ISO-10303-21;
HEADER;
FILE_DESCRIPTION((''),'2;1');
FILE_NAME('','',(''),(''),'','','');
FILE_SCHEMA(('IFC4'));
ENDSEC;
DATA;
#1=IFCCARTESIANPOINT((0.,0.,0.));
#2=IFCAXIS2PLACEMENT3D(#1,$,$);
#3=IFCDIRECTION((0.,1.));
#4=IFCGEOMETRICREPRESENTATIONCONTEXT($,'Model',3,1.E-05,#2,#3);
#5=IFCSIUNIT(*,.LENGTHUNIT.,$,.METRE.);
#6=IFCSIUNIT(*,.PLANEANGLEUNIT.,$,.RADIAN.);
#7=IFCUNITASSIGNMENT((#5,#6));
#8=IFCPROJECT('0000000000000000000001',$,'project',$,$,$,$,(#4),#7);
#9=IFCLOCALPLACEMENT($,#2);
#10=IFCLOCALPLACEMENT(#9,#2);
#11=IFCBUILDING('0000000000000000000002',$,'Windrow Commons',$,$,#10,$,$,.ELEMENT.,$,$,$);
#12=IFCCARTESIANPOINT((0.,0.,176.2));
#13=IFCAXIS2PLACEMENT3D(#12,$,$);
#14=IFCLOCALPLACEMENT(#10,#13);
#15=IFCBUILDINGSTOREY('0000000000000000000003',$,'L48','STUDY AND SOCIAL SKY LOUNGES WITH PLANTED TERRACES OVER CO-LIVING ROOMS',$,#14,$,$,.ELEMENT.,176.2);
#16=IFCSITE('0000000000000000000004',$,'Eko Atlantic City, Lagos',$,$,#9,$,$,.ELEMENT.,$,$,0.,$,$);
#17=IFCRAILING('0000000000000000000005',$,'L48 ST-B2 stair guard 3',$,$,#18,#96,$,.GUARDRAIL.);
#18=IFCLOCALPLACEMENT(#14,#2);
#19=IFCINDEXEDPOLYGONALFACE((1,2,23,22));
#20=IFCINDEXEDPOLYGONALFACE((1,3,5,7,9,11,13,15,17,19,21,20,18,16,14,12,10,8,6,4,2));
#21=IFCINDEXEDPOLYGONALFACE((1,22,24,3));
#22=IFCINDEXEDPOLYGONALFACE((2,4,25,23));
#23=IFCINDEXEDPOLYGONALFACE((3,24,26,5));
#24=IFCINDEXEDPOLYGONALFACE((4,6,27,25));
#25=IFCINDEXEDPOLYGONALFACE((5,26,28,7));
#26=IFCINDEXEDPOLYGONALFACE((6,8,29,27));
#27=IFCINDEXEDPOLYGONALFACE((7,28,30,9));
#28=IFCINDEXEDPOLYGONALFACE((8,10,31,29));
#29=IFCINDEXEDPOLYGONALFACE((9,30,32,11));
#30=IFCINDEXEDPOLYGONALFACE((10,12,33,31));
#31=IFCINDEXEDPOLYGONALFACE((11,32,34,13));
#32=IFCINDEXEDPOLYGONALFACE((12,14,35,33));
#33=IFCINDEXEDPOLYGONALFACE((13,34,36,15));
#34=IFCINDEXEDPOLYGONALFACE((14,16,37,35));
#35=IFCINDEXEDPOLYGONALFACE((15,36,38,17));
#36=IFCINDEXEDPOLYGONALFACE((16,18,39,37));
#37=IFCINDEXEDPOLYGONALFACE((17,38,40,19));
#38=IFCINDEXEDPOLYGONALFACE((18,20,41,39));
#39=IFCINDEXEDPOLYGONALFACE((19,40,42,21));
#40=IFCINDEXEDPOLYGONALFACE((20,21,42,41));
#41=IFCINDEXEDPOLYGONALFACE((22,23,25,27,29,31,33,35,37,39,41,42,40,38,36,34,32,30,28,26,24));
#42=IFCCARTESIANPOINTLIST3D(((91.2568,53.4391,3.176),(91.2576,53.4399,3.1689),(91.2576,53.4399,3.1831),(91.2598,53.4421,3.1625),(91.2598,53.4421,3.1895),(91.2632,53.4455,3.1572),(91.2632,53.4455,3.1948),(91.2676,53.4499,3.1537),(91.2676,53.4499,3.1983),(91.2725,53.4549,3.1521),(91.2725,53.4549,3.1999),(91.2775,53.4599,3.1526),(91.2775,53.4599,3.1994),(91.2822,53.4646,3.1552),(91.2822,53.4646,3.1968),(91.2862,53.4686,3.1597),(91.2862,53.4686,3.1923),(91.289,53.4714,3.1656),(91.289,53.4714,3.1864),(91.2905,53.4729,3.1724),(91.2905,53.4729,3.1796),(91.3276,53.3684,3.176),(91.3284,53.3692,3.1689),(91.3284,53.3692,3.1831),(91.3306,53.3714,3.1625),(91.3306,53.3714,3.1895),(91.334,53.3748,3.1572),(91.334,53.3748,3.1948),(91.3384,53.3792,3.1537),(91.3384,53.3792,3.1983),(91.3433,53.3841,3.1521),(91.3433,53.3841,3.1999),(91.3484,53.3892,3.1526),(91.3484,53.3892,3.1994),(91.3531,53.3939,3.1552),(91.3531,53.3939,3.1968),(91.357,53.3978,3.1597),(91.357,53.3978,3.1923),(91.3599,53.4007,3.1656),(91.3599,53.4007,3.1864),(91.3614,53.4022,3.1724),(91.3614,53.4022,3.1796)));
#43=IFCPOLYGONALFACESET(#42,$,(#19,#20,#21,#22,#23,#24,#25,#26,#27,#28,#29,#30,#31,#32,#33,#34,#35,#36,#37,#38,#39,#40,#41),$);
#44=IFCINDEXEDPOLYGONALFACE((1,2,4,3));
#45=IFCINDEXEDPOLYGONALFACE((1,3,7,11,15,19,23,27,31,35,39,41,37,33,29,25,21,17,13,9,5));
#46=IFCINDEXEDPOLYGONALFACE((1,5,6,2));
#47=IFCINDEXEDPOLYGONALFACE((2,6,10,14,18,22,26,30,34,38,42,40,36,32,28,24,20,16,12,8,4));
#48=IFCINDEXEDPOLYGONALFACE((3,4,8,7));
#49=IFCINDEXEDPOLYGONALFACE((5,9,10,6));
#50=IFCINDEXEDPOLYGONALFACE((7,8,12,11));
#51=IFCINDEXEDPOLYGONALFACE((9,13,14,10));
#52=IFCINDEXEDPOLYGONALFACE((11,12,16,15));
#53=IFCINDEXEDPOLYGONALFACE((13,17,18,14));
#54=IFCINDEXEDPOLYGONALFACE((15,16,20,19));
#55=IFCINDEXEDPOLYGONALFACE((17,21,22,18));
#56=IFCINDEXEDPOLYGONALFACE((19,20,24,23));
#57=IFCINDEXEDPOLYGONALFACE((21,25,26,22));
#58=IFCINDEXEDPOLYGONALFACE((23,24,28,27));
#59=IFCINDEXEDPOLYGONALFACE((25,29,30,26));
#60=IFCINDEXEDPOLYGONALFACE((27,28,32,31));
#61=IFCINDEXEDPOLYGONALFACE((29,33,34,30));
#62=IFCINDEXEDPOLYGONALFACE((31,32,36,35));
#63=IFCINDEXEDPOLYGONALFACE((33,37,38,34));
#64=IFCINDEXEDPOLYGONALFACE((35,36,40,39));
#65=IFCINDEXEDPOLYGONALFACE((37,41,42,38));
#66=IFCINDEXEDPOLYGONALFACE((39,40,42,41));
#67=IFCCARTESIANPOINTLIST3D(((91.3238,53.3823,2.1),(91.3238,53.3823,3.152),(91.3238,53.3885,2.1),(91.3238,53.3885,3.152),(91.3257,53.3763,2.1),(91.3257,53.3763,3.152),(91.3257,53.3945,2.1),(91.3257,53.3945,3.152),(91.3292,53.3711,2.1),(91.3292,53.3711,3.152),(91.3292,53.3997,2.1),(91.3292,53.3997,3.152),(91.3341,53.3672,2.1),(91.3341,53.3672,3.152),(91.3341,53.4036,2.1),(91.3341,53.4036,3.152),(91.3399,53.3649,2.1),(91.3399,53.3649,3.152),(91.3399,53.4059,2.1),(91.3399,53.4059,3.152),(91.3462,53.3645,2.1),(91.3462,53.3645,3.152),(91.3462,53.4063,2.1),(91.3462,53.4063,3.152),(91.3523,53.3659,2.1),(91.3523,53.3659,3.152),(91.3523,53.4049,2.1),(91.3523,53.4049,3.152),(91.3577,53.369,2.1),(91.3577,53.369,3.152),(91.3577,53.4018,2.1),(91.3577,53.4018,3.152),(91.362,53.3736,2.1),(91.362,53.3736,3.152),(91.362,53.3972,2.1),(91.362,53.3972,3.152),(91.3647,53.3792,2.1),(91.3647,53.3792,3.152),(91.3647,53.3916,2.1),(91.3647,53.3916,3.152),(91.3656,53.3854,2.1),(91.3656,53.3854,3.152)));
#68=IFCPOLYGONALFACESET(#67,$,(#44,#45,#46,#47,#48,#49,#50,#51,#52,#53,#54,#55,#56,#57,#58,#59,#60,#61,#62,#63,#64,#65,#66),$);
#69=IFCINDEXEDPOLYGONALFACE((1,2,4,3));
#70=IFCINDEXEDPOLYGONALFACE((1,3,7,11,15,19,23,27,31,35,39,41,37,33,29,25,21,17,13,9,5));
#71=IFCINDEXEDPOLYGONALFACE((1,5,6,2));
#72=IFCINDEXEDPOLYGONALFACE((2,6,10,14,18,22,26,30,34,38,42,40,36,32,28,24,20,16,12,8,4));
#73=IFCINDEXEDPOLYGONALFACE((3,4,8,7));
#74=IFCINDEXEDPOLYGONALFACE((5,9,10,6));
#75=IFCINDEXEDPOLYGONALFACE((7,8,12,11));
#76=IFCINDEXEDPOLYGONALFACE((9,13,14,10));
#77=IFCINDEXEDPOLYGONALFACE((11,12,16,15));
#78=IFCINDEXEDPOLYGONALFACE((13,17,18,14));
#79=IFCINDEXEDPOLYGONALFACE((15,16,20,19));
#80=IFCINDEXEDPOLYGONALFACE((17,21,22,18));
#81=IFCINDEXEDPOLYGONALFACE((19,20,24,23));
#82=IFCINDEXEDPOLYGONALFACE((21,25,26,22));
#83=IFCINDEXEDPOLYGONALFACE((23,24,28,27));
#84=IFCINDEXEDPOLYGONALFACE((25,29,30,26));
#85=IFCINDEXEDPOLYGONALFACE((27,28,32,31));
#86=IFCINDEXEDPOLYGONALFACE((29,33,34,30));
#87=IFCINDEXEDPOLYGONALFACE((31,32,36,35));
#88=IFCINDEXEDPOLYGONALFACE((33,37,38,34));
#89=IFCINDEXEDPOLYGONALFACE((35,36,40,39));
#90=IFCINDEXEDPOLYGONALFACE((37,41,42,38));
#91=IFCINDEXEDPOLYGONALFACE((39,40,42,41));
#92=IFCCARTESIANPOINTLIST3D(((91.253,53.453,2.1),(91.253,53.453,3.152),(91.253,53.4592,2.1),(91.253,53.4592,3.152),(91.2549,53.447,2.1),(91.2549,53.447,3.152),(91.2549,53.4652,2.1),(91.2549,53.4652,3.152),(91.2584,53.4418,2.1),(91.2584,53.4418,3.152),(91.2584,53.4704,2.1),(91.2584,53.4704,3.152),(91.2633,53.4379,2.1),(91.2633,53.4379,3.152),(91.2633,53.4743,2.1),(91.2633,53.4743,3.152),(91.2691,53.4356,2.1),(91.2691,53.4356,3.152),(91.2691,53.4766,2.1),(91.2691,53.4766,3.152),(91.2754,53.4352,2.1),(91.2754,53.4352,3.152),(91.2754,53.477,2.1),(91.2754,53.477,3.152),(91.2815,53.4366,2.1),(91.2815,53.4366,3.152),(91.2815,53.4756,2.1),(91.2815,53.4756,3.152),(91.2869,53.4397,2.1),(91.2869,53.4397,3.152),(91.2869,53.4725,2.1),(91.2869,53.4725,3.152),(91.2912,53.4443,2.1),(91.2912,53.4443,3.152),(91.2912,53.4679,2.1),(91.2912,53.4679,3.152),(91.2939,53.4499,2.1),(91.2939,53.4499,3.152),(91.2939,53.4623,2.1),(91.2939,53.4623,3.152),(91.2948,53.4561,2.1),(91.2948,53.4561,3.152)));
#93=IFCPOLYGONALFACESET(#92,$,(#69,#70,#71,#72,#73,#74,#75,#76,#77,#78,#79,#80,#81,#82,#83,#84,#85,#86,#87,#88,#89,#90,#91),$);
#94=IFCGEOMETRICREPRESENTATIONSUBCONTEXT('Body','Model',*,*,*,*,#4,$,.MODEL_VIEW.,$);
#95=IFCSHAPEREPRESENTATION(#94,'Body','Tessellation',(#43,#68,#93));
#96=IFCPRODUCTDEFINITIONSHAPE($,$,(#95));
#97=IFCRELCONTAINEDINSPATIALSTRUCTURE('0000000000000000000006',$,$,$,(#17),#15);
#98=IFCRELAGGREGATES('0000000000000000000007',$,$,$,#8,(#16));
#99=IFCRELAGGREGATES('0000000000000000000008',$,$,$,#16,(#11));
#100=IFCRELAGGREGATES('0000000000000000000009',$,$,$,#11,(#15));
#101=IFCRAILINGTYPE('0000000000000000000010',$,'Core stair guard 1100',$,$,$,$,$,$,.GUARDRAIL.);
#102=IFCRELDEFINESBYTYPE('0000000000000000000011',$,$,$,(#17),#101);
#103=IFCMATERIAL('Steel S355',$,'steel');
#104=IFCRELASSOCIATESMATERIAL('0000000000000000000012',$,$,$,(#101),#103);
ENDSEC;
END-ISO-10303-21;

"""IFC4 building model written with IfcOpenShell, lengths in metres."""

from ifc_helpers import new_model, si_unit, direction, frame, origin, origin_2d, place, context, subcontext, project, spatial, circle, extrude, material, type_object, element, save


model = new_model("IFC4")

# Units and contexts
model_context = context("Model", 3, precision=1e-05, world=origin(), true_north=direction((0.0, 1.0)))
body_context = subcontext(model_context, "Body", "Model", "MODEL_VIEW")
ifc_project = project(units=[si_unit("LENGTHUNIT", "METRE"), si_unit("PLANEANGLEUNIT", "RADIAN")], contexts=[model_context])

# Site, building, storey
site_placement = place(None, origin())
site = spatial("IfcSite", under=ifc_project, at=site_placement, Name="Eko Atlantic City, Lagos", CompositionType="ELEMENT", RefElevation=0.0)
building_placement = place(site_placement, origin())
building = spatial("IfcBuilding", under=site, at=building_placement, Name="Windrow Commons", CompositionType="ELEMENT")
storey_placement = place(building_placement, frame((0.0, 0.0, 176.2)))
storey = spatial("IfcBuildingStorey", under=building, at=storey_placement, Name="L48", Description="STUDY AND SOCIAL SKY LOUNGES WITH PLANTED TERRACES OVER CO-LIVING ROOMS", CompositionType="ELEMENT", Elevation=176.2)

# Railing
ifc_material_1 = material(Name="Steel S355", Category="steel")
railing_type_1 = type_object("IfcRailingType", Name="Core stair guard 1100", PredefinedType="GUARDRAIL", material=ifc_material_1)
railing_1_placement = place(storey_placement, frame((91.3446, 53.3854, 2.1)))
element("IfcRailing", 1, at=railing_1_placement, inside=storey, type_object=railing_type_1, Name="L48 ST-B2 stair guard 3", PredefinedType="GUARDRAIL", context=body_context, shape_type="SweptSolid", body=[
    extrude(circle(Radius=0.024, at=origin_2d()), frame((0.0, 0.0, 1.076), z_axis=(-0.707606, 0.706607, 0.0), x_axis=(-0.706607, -0.707606, 0.0)), (0.0, 0.0, 1.0), 0.1001),
    extrude(circle(Radius=0.021, at=origin_2d()), origin(), (0.0, 0.0, 1.0), 1.052),
    extrude(circle(Radius=0.021, at=origin_2d()), frame((-0.0708, 0.0707, 0.0)), (0.0, 0.0, 1.0), 1.052),
])

save(model, "model.ifc")
